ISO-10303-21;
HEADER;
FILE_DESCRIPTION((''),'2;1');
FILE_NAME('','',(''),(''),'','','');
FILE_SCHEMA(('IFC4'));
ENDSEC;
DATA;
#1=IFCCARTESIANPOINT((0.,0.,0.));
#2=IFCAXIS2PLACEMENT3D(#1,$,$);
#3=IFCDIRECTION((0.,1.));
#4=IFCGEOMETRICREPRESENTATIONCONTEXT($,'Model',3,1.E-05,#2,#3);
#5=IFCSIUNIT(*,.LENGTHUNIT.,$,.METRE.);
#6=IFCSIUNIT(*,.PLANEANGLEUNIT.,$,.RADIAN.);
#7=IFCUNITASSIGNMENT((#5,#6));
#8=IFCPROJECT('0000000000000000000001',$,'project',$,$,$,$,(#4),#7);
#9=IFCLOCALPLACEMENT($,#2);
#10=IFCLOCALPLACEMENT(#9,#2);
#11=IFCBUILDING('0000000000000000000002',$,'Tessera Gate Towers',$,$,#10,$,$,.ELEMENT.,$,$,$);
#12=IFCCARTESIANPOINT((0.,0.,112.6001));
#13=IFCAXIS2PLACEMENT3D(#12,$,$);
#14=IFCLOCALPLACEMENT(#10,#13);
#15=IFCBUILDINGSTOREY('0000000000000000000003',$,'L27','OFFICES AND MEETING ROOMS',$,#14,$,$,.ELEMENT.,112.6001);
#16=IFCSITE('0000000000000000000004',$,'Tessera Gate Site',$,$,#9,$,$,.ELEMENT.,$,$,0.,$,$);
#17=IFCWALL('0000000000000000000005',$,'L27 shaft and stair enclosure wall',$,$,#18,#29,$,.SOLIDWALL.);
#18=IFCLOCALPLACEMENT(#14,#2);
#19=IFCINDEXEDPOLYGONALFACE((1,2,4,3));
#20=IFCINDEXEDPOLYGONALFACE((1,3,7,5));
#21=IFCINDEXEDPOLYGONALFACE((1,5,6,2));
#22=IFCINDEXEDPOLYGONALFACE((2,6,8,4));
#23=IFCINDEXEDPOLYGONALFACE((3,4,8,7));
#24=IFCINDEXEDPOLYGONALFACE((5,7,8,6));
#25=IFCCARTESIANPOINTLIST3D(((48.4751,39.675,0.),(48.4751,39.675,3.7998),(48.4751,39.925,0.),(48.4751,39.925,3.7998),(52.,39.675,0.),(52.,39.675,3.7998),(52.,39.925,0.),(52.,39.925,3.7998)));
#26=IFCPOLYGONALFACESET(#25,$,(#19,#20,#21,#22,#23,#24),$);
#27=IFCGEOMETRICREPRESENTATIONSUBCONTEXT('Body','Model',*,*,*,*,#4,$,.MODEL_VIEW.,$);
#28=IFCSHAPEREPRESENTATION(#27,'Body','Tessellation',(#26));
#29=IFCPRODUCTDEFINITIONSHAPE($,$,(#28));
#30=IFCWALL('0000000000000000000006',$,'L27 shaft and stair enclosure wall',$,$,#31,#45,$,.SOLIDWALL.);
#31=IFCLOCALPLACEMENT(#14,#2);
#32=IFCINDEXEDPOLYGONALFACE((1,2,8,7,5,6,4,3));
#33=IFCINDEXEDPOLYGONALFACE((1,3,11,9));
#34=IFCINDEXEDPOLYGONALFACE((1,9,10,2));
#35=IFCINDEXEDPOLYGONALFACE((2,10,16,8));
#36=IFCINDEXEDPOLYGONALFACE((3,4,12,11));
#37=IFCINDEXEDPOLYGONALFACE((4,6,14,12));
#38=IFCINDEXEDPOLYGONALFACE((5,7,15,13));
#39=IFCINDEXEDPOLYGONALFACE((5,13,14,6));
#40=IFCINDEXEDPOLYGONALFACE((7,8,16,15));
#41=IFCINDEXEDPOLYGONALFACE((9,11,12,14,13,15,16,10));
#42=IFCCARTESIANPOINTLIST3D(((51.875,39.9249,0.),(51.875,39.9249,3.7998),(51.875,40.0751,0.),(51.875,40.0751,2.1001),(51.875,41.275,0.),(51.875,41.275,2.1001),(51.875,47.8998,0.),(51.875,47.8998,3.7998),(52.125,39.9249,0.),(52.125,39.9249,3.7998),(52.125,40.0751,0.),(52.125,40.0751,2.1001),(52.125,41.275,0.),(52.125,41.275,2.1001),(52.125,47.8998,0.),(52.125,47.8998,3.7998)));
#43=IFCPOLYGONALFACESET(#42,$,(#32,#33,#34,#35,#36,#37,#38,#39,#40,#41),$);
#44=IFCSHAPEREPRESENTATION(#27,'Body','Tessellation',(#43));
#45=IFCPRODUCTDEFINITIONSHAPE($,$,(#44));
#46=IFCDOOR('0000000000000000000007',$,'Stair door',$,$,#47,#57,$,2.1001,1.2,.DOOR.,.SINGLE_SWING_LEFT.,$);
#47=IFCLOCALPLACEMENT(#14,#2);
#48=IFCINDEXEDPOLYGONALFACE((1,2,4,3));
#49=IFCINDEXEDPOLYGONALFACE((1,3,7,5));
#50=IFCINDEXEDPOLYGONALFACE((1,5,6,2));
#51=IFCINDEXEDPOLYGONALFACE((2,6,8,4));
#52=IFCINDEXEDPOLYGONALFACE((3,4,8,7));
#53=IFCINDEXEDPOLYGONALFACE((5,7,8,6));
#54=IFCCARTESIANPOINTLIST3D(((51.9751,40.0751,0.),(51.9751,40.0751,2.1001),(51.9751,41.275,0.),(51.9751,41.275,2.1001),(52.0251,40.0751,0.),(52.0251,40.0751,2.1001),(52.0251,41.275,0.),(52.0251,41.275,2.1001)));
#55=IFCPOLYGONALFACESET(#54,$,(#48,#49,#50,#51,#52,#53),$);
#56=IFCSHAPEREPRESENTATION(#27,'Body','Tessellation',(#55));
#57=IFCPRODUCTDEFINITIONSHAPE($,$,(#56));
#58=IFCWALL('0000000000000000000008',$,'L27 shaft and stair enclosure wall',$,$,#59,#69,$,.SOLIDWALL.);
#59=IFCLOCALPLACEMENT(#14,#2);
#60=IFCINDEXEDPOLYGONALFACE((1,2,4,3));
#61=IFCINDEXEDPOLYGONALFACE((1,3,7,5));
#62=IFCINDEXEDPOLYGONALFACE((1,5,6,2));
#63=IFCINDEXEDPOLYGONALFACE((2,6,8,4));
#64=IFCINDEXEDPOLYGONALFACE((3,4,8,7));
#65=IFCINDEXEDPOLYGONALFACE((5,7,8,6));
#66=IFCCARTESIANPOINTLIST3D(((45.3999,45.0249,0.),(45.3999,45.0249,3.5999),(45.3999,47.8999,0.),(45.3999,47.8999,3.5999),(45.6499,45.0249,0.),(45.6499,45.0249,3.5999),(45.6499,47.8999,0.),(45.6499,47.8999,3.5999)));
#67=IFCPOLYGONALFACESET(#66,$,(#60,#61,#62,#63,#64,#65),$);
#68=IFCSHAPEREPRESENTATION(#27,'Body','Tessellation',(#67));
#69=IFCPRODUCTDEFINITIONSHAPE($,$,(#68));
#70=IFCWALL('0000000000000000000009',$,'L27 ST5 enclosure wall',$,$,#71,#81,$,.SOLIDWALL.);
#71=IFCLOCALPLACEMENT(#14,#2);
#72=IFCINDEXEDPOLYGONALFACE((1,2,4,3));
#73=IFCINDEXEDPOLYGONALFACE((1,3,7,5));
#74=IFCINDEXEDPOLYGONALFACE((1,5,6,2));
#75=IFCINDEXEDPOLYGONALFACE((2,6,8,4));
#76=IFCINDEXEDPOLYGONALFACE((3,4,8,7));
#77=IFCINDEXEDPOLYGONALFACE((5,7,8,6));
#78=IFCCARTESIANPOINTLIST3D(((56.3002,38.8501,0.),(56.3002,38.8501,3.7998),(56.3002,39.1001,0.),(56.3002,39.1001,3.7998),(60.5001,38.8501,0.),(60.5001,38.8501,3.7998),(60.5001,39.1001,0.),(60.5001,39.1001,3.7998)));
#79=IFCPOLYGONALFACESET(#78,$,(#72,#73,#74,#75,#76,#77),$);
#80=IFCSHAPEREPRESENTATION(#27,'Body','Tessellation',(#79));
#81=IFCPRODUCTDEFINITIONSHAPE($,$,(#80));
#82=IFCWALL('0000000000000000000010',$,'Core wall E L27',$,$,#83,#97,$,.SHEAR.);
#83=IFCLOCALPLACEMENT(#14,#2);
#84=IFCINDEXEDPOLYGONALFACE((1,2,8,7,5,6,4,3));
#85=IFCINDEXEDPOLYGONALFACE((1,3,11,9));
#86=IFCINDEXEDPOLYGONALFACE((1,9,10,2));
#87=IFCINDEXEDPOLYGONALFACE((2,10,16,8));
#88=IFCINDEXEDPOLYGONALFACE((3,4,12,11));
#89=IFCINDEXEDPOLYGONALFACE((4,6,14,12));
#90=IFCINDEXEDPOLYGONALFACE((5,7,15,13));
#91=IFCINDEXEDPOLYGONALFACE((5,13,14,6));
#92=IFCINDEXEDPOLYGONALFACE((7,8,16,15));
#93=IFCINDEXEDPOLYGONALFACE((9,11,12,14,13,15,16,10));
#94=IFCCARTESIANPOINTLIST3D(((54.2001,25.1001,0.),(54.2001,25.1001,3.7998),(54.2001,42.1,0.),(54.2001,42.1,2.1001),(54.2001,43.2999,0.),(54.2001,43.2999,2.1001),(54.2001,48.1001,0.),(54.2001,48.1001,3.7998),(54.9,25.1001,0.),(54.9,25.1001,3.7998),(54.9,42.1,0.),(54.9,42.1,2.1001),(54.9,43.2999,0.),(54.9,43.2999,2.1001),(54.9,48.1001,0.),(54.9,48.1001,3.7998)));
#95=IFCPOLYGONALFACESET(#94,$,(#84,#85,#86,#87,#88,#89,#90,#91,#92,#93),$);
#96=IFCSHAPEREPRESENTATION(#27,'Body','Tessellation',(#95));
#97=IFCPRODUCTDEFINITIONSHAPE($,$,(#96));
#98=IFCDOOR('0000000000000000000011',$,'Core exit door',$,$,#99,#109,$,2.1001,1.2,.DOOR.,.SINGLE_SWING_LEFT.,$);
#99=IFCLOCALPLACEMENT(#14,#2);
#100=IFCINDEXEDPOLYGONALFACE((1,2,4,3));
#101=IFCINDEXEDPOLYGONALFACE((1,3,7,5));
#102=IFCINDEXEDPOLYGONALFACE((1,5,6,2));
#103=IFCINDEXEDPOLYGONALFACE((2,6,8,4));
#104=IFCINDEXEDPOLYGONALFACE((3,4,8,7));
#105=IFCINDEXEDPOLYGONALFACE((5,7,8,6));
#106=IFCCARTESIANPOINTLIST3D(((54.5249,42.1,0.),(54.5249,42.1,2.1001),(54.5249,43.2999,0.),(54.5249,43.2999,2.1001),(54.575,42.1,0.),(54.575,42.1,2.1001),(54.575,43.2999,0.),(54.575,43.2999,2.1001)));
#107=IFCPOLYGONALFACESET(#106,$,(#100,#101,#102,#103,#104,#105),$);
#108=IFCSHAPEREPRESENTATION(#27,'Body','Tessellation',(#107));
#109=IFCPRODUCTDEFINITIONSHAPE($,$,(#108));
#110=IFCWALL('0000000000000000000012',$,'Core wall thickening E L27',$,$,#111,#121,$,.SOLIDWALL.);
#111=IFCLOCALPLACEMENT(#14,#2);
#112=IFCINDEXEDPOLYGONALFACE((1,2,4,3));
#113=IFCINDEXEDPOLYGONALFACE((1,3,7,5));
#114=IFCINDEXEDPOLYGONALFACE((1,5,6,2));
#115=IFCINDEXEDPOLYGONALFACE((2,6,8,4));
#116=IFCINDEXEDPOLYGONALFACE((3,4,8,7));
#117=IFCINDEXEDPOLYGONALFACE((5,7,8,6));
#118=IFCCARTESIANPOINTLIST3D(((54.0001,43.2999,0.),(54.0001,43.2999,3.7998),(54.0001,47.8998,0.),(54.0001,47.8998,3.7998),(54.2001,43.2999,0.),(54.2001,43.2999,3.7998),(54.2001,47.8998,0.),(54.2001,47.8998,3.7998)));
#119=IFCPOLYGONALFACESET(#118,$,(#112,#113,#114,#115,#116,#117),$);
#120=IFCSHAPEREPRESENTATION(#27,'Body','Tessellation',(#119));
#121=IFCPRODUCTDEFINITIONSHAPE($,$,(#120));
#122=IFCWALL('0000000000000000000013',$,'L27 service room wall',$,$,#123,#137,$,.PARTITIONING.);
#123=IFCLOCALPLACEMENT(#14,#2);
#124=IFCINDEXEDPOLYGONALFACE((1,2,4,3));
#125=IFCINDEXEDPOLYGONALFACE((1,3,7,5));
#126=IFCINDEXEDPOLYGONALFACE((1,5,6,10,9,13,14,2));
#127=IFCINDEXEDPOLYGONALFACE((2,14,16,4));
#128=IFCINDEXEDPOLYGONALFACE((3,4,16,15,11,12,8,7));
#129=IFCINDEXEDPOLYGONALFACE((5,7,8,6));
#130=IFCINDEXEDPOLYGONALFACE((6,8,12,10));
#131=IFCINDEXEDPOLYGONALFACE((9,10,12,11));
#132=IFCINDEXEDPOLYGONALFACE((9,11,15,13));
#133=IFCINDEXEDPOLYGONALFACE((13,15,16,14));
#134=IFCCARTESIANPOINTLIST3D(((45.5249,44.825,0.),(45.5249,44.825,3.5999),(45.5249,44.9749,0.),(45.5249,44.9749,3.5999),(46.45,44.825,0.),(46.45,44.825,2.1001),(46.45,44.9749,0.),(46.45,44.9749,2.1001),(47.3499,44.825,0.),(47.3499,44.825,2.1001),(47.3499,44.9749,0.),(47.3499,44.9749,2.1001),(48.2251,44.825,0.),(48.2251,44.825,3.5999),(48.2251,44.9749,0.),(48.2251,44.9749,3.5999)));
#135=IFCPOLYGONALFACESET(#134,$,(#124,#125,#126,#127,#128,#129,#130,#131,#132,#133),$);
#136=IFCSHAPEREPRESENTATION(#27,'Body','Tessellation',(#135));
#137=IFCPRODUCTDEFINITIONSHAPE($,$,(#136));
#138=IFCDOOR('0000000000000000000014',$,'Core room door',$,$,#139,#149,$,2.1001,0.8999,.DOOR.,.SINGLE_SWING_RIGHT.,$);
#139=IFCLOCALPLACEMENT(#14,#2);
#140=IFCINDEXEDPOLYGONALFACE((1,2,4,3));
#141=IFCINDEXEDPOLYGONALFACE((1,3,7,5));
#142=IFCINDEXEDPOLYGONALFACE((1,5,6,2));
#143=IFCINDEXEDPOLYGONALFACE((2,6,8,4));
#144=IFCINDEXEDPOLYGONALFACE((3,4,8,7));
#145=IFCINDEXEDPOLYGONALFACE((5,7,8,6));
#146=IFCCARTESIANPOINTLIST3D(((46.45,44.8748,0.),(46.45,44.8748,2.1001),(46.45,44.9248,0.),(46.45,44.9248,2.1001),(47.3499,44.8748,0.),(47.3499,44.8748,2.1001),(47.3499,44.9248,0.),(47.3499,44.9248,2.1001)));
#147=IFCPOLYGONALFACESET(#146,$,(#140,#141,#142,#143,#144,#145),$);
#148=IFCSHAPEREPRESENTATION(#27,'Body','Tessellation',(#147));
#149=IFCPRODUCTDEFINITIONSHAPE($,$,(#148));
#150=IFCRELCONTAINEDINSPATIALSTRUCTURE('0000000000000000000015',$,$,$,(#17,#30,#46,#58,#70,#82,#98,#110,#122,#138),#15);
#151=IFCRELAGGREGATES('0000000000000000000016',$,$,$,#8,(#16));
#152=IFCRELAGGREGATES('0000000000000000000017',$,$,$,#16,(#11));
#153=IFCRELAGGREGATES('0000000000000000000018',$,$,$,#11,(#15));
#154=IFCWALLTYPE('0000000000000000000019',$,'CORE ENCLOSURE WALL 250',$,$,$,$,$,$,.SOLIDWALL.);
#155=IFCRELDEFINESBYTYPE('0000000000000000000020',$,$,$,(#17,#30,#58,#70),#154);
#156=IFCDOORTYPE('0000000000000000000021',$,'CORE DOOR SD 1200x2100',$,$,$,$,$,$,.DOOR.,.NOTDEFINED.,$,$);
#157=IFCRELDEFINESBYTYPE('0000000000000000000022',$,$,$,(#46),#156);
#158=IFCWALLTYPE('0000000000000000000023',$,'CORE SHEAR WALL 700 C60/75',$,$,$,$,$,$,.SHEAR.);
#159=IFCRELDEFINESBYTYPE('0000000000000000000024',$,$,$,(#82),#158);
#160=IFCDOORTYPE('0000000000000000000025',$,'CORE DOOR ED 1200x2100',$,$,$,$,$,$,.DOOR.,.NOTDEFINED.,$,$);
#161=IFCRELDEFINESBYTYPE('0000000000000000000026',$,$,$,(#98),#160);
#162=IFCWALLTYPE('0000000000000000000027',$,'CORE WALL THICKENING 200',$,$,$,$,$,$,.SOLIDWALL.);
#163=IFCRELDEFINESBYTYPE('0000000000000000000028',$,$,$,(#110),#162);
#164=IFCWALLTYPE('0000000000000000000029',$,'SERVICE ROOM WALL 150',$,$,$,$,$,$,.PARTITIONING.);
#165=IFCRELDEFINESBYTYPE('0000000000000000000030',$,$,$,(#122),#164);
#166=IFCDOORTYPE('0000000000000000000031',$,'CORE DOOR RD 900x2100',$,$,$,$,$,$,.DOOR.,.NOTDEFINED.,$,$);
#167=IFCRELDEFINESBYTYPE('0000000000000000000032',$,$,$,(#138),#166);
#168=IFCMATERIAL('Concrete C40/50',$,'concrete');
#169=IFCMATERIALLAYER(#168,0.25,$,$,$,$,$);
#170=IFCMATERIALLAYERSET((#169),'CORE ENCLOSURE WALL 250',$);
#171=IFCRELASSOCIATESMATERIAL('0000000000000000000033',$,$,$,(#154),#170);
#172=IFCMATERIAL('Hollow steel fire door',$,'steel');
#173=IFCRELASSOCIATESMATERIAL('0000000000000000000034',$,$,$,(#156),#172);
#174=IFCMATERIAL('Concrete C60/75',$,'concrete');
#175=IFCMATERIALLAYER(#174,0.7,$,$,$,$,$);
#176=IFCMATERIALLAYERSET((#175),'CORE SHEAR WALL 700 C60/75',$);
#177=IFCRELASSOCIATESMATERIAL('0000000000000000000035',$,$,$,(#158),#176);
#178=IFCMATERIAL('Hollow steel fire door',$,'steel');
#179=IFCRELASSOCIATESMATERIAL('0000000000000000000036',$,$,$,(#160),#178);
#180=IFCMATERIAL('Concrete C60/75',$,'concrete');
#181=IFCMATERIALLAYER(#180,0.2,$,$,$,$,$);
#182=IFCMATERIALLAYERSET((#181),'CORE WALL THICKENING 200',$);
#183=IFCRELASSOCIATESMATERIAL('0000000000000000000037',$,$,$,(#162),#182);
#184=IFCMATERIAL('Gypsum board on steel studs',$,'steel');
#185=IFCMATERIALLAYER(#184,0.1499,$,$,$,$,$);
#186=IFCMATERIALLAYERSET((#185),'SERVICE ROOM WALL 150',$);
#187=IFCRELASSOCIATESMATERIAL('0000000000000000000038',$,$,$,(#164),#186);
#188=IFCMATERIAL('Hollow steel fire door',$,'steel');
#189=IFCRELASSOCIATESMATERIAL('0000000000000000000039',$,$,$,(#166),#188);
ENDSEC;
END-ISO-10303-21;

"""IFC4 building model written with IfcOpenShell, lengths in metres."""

from ifc_helpers import new_model, si_unit, direction, frame, frame_2d, origin, place, context, subcontext, project, spatial, rectangle, extrude, source, transform, mapped, material, layer, layer_set, type_object, element, fill, save


model = new_model("IFC4")

# Units and contexts
model_context = context("Model", 3, precision=1e-05, world=origin(), true_north=direction((0.0, 1.0)))
body_context = subcontext(model_context, "Body", "Model", "MODEL_VIEW")
ifc_project = project(units=[si_unit("LENGTHUNIT", "METRE"), si_unit("PLANEANGLEUNIT", "RADIAN")], contexts=[model_context])

# Site, building, storey
site_placement = place(None, origin())
site = spatial("IfcSite", under=ifc_project, at=site_placement, Name="Tessera Gate Site", CompositionType="ELEMENT", RefElevation=0.0)
building_placement = place(site_placement, origin())
building = spatial("IfcBuilding", under=site, at=building_placement, Name="Tessera Gate Towers", CompositionType="ELEMENT")
storey_placement = place(building_placement, frame((0.0, 0.0, 112.6001)))
storey = spatial("IfcBuildingStorey", under=building, at=storey_placement, Name="L27", Description="OFFICES AND MEETING ROOMS", CompositionType="ELEMENT", Elevation=112.6001)

# Shared definitions
ifc_material_1 = material(Name="Concrete C40/50", Category="concrete")
ifc_layer_1 = layer(ifc_material_1, 0.25)
ifc_layer_set_1 = layer_set([ifc_layer_1], Name="CORE ENCLOSURE WALL 250")
wall_type_1 = type_object("IfcWallType", Name="CORE ENCLOSURE WALL 250", PredefinedType="SOLIDWALL", material=ifc_layer_set_1)
shared_shape_1 = source(origin(), body_context, "Body", "SweptSolid", [
    extrude(rectangle(XDim=1.2, YDim=2.1001, at=frame_2d((0.6001, 1.05))), frame((0.0, 0.135, 0.0), z_axis=(0.0, -1.0, 0.0), x_axis=(1.0, 0.0, 0.0)), (0.0, 0.0, 1.0), 0.27),
])
ifc_material_2 = material(Name="Hollow steel fire door", Category="steel")
door_type_1 = type_object("IfcDoorType", Name="CORE DOOR SD 1200x2100", OperationType="NOTDEFINED", PredefinedType="DOOR", material=ifc_material_2)
shared_shape_2 = source(origin(), body_context, "Body", "SweptSolid", [
    extrude(rectangle(XDim=1.2, YDim=2.1001, at=frame_2d((0.6001, 1.05))), frame((0.0, 0.0249, 0.0), z_axis=(0.0, -1.0, 0.0), x_axis=(1.0, 0.0, 0.0)), (0.0, 0.0, 1.0), 0.05),
])

# Wall
wall_1_placement = place(storey_placement, frame((48.4751, 39.8, 0.0), z_axis=(0.0, 0.0, 1.0), x_axis=(1.0, 0.0, 0.0)))
element("IfcWall", 1, at=wall_1_placement, inside=storey, type_object=wall_type_1, Name="L27 shaft and stair enclosure wall", PredefinedType="SOLIDWALL", context=body_context, shape_type="SweptSolid", body=[
    extrude(rectangle(XDim=3.5249, YDim=0.25, at=frame_2d((1.7625, 0.0))), origin(), (0.0, 0.0, 1.0), 3.7998),
])

# Wall, opening, door
wall_2_placement = place(storey_placement, frame((52.0, 39.925, 0.0), z_axis=(0.0, 0.0, 1.0), x_axis=(0.0, 1.0, 0.0)))
wall_2 = element("IfcWall", 2, at=wall_2_placement, inside=storey, type_object=wall_type_1, Name="L27 shaft and stair enclosure wall", PredefinedType="SOLIDWALL", context=body_context, shape_type="SweptSolid", body=[
    extrude(rectangle(XDim=7.9749, YDim=0.25, at=frame_2d((3.9873, 0.0))), origin(), (0.0, 0.0, 1.0), 3.7998),
])
opening_1_placement = place(wall_2_placement, frame((0.1499, 0.0, 0.0)))
opening_1 = element("IfcOpeningElement", 3, at=opening_1_placement, cuts=wall_2, PredefinedType="OPENING", context=body_context, shape_type="MappedRepresentation", body=[
    mapped(shared_shape_1, transform((0.0, 0.0, 0.0), scale=1.0)),
])
door_1_placement = place(opening_1_placement, origin())
door_1 = element("IfcDoor", 4, at=door_1_placement, inside=storey, type_object=door_type_1, Name="Stair door", OperationType="SINGLE_SWING_LEFT", OverallHeight=2.1001, OverallWidth=1.2, PredefinedType="DOOR", context=body_context, shape_type="MappedRepresentation", body=[
    mapped(shared_shape_2, transform((0.0, 0.0, 0.0), scale=1.0)),
])
fill(opening_1, door_1)

# Walls
wall_3_placement = place(storey_placement, frame((45.5249, 45.0249, 0.0), z_axis=(0.0, 0.0, 1.0), x_axis=(0.0, 1.0, 0.0)))
element("IfcWall", 5, at=wall_3_placement, inside=storey, type_object=wall_type_1, Name="L27 shaft and stair enclosure wall", PredefinedType="SOLIDWALL", context=body_context, shape_type="SweptSolid", body=[
    extrude(rectangle(XDim=2.875, YDim=0.25, at=frame_2d((1.4375, 0.0))), origin(), (0.0, 0.0, 1.0), 3.5999),
])
wall_4_placement = place(storey_placement, frame((56.3, 38.9751, 0.0), z_axis=(0.0, 0.0, 1.0), x_axis=(1.0, 0.0, 0.0)))
element("IfcWall", 6, at=wall_4_placement, inside=storey, type_object=wall_type_1, Name="L27 ST5 enclosure wall", PredefinedType="SOLIDWALL", context=body_context, shape_type="SweptSolid", body=[
    extrude(rectangle(XDim=4.2, YDim=0.25, at=frame_2d((2.1001, 0.0))), origin(), (0.0, 0.0, 1.0), 3.7998),
])

# Wall, opening, door
ifc_material_3 = material(Name="Concrete C60/75", Category="concrete")
ifc_layer_2 = layer(ifc_material_3, 0.7)
ifc_layer_set_2 = layer_set([ifc_layer_2], Name="CORE SHEAR WALL 700 C60/75")
wall_type_2 = type_object("IfcWallType", Name="CORE SHEAR WALL 700 C60/75", PredefinedType="SHEAR", material=ifc_layer_set_2)
wall_5_placement = place(storey_placement, frame((54.55, 48.1001, 0.0), z_axis=(0.0, 0.0, 1.0), x_axis=(0.0, -1.0, 0.0)))
wall_5 = element("IfcWall", 7, at=wall_5_placement, inside=storey, type_object=wall_type_2, Name="Core wall E L27", PredefinedType="SHEAR", context=body_context, shape_type="SweptSolid", body=[
    extrude(rectangle(XDim=23.0, YDim=0.7, at=frame_2d((11.5, 0.0))), origin(), (0.0, 0.0, 1.0), 3.7998),
])
shared_shape_3 = source(origin(), body_context, "Body", "SweptSolid", [
    extrude(rectangle(XDim=1.2, YDim=2.1001, at=frame_2d((0.6001, 1.05))), frame((0.0, 0.3599, 0.0), z_axis=(0.0, -1.0, 0.0), x_axis=(1.0, 0.0, 0.0)), (0.0, 0.0, 1.0), 0.72),
])
opening_2_placement = place(wall_5_placement, frame((4.8, 0.0, 0.0)))
opening_2 = element("IfcOpeningElement", 8, at=opening_2_placement, cuts=wall_5, PredefinedType="OPENING", context=body_context, shape_type="MappedRepresentation", body=[
    mapped(shared_shape_3, transform((0.0, 0.0, 0.0), scale=1.0)),
])
ifc_material_4 = material(Name="Hollow steel fire door", Category="steel")
door_type_2 = type_object("IfcDoorType", Name="CORE DOOR ED 1200x2100", OperationType="NOTDEFINED", PredefinedType="DOOR", material=ifc_material_4)
door_2_placement = place(opening_2_placement, origin())
door_2 = element("IfcDoor", 9, at=door_2_placement, inside=storey, type_object=door_type_2, Name="Core exit door", OperationType="SINGLE_SWING_LEFT", OverallHeight=2.1001, OverallWidth=1.2, PredefinedType="DOOR", context=body_context, shape_type="MappedRepresentation", body=[
    mapped(shared_shape_2, transform((0.0, 0.0, 0.0), scale=1.0)),
])
fill(opening_2, door_2)

# Wall
ifc_material_5 = material(Name="Concrete C60/75", Category="concrete")
ifc_layer_3 = layer(ifc_material_5, 0.2)
ifc_layer_set_3 = layer_set([ifc_layer_3], Name="CORE WALL THICKENING 200")
wall_type_3 = type_object("IfcWallType", Name="CORE WALL THICKENING 200", PredefinedType="SOLIDWALL", material=ifc_layer_set_3)
wall_6_placement = place(storey_placement, frame((54.1001, 43.3, 0.0), z_axis=(0.0, 0.0, 1.0), x_axis=(0.0, 1.0, 0.0)))
element("IfcWall", 10, at=wall_6_placement, inside=storey, type_object=wall_type_3, Name="Core wall thickening E L27", PredefinedType="SOLIDWALL", context=body_context, shape_type="SweptSolid", body=[
    extrude(rectangle(XDim=4.5999, YDim=0.2, at=frame_2d((2.2998, 0.0))), origin(), (0.0, 0.0, 1.0), 3.7998),
])

# Wall, opening, door
ifc_material_6 = material(Name="Gypsum board on steel studs", Category="steel")
ifc_layer_4 = layer(ifc_material_6, 0.1499)
ifc_layer_set_4 = layer_set([ifc_layer_4], Name="SERVICE ROOM WALL 150")
wall_type_4 = type_object("IfcWallType", Name="SERVICE ROOM WALL 150", PredefinedType="PARTITIONING", material=ifc_layer_set_4)
wall_7_placement = place(storey_placement, frame((45.5249, 44.8999, 0.0), z_axis=(0.0, 0.0, 1.0), x_axis=(1.0, 0.0, 0.0)))
wall_7 = element("IfcWall", 11, at=wall_7_placement, inside=storey, type_object=wall_type_4, Name="L27 service room wall", PredefinedType="PARTITIONING", context=body_context, shape_type="SweptSolid", body=[
    extrude(rectangle(XDim=2.7002, YDim=0.1499, at=frame_2d((1.3501, 0.0))), origin(), (0.0, 0.0, 1.0), 3.5999),
])
shared_shape_4 = source(origin(), body_context, "Body", "SweptSolid", [
    extrude(rectangle(XDim=0.8999, YDim=2.1001, at=frame_2d((0.45, 1.05))), frame((0.0, 0.085, 0.0), z_axis=(0.0, -1.0, 0.0), x_axis=(1.0, 0.0, 0.0)), (0.0, 0.0, 1.0), 0.1699),
])
opening_3_placement = place(wall_7_placement, frame((0.925, 0.0, 0.0)))
opening_3 = element("IfcOpeningElement", 12, at=opening_3_placement, cuts=wall_7, PredefinedType="OPENING", context=body_context, shape_type="MappedRepresentation", body=[
    mapped(shared_shape_4, transform((0.0, 0.0, 0.0), scale=1.0)),
])
ifc_material_7 = material(Name="Hollow steel fire door", Category="steel")
door_type_3 = type_object("IfcDoorType", Name="CORE DOOR RD 900x2100", OperationType="NOTDEFINED", PredefinedType="DOOR", material=ifc_material_7)
shared_shape_5 = source(origin(), body_context, "Body", "SweptSolid", [
    extrude(rectangle(XDim=0.8999, YDim=2.1001, at=frame_2d((0.45, 1.05))), frame((0.0, 0.0249, 0.0), z_axis=(0.0, -1.0, 0.0), x_axis=(1.0, 0.0, 0.0)), (0.0, 0.0, 1.0), 0.05),
])
door_3_placement = place(opening_3_placement, origin())
door_3 = element("IfcDoor", 13, at=door_3_placement, inside=storey, type_object=door_type_3, Name="Core room door", OperationType="SINGLE_SWING_RIGHT", OverallHeight=2.1001, OverallWidth=0.8999, PredefinedType="DOOR", context=body_context, shape_type="MappedRepresentation", body=[
    mapped(shared_shape_5, transform((0.0, 0.0, 0.0), scale=1.0)),
])
fill(opening_3, door_3)

save(model, "model.ifc")
